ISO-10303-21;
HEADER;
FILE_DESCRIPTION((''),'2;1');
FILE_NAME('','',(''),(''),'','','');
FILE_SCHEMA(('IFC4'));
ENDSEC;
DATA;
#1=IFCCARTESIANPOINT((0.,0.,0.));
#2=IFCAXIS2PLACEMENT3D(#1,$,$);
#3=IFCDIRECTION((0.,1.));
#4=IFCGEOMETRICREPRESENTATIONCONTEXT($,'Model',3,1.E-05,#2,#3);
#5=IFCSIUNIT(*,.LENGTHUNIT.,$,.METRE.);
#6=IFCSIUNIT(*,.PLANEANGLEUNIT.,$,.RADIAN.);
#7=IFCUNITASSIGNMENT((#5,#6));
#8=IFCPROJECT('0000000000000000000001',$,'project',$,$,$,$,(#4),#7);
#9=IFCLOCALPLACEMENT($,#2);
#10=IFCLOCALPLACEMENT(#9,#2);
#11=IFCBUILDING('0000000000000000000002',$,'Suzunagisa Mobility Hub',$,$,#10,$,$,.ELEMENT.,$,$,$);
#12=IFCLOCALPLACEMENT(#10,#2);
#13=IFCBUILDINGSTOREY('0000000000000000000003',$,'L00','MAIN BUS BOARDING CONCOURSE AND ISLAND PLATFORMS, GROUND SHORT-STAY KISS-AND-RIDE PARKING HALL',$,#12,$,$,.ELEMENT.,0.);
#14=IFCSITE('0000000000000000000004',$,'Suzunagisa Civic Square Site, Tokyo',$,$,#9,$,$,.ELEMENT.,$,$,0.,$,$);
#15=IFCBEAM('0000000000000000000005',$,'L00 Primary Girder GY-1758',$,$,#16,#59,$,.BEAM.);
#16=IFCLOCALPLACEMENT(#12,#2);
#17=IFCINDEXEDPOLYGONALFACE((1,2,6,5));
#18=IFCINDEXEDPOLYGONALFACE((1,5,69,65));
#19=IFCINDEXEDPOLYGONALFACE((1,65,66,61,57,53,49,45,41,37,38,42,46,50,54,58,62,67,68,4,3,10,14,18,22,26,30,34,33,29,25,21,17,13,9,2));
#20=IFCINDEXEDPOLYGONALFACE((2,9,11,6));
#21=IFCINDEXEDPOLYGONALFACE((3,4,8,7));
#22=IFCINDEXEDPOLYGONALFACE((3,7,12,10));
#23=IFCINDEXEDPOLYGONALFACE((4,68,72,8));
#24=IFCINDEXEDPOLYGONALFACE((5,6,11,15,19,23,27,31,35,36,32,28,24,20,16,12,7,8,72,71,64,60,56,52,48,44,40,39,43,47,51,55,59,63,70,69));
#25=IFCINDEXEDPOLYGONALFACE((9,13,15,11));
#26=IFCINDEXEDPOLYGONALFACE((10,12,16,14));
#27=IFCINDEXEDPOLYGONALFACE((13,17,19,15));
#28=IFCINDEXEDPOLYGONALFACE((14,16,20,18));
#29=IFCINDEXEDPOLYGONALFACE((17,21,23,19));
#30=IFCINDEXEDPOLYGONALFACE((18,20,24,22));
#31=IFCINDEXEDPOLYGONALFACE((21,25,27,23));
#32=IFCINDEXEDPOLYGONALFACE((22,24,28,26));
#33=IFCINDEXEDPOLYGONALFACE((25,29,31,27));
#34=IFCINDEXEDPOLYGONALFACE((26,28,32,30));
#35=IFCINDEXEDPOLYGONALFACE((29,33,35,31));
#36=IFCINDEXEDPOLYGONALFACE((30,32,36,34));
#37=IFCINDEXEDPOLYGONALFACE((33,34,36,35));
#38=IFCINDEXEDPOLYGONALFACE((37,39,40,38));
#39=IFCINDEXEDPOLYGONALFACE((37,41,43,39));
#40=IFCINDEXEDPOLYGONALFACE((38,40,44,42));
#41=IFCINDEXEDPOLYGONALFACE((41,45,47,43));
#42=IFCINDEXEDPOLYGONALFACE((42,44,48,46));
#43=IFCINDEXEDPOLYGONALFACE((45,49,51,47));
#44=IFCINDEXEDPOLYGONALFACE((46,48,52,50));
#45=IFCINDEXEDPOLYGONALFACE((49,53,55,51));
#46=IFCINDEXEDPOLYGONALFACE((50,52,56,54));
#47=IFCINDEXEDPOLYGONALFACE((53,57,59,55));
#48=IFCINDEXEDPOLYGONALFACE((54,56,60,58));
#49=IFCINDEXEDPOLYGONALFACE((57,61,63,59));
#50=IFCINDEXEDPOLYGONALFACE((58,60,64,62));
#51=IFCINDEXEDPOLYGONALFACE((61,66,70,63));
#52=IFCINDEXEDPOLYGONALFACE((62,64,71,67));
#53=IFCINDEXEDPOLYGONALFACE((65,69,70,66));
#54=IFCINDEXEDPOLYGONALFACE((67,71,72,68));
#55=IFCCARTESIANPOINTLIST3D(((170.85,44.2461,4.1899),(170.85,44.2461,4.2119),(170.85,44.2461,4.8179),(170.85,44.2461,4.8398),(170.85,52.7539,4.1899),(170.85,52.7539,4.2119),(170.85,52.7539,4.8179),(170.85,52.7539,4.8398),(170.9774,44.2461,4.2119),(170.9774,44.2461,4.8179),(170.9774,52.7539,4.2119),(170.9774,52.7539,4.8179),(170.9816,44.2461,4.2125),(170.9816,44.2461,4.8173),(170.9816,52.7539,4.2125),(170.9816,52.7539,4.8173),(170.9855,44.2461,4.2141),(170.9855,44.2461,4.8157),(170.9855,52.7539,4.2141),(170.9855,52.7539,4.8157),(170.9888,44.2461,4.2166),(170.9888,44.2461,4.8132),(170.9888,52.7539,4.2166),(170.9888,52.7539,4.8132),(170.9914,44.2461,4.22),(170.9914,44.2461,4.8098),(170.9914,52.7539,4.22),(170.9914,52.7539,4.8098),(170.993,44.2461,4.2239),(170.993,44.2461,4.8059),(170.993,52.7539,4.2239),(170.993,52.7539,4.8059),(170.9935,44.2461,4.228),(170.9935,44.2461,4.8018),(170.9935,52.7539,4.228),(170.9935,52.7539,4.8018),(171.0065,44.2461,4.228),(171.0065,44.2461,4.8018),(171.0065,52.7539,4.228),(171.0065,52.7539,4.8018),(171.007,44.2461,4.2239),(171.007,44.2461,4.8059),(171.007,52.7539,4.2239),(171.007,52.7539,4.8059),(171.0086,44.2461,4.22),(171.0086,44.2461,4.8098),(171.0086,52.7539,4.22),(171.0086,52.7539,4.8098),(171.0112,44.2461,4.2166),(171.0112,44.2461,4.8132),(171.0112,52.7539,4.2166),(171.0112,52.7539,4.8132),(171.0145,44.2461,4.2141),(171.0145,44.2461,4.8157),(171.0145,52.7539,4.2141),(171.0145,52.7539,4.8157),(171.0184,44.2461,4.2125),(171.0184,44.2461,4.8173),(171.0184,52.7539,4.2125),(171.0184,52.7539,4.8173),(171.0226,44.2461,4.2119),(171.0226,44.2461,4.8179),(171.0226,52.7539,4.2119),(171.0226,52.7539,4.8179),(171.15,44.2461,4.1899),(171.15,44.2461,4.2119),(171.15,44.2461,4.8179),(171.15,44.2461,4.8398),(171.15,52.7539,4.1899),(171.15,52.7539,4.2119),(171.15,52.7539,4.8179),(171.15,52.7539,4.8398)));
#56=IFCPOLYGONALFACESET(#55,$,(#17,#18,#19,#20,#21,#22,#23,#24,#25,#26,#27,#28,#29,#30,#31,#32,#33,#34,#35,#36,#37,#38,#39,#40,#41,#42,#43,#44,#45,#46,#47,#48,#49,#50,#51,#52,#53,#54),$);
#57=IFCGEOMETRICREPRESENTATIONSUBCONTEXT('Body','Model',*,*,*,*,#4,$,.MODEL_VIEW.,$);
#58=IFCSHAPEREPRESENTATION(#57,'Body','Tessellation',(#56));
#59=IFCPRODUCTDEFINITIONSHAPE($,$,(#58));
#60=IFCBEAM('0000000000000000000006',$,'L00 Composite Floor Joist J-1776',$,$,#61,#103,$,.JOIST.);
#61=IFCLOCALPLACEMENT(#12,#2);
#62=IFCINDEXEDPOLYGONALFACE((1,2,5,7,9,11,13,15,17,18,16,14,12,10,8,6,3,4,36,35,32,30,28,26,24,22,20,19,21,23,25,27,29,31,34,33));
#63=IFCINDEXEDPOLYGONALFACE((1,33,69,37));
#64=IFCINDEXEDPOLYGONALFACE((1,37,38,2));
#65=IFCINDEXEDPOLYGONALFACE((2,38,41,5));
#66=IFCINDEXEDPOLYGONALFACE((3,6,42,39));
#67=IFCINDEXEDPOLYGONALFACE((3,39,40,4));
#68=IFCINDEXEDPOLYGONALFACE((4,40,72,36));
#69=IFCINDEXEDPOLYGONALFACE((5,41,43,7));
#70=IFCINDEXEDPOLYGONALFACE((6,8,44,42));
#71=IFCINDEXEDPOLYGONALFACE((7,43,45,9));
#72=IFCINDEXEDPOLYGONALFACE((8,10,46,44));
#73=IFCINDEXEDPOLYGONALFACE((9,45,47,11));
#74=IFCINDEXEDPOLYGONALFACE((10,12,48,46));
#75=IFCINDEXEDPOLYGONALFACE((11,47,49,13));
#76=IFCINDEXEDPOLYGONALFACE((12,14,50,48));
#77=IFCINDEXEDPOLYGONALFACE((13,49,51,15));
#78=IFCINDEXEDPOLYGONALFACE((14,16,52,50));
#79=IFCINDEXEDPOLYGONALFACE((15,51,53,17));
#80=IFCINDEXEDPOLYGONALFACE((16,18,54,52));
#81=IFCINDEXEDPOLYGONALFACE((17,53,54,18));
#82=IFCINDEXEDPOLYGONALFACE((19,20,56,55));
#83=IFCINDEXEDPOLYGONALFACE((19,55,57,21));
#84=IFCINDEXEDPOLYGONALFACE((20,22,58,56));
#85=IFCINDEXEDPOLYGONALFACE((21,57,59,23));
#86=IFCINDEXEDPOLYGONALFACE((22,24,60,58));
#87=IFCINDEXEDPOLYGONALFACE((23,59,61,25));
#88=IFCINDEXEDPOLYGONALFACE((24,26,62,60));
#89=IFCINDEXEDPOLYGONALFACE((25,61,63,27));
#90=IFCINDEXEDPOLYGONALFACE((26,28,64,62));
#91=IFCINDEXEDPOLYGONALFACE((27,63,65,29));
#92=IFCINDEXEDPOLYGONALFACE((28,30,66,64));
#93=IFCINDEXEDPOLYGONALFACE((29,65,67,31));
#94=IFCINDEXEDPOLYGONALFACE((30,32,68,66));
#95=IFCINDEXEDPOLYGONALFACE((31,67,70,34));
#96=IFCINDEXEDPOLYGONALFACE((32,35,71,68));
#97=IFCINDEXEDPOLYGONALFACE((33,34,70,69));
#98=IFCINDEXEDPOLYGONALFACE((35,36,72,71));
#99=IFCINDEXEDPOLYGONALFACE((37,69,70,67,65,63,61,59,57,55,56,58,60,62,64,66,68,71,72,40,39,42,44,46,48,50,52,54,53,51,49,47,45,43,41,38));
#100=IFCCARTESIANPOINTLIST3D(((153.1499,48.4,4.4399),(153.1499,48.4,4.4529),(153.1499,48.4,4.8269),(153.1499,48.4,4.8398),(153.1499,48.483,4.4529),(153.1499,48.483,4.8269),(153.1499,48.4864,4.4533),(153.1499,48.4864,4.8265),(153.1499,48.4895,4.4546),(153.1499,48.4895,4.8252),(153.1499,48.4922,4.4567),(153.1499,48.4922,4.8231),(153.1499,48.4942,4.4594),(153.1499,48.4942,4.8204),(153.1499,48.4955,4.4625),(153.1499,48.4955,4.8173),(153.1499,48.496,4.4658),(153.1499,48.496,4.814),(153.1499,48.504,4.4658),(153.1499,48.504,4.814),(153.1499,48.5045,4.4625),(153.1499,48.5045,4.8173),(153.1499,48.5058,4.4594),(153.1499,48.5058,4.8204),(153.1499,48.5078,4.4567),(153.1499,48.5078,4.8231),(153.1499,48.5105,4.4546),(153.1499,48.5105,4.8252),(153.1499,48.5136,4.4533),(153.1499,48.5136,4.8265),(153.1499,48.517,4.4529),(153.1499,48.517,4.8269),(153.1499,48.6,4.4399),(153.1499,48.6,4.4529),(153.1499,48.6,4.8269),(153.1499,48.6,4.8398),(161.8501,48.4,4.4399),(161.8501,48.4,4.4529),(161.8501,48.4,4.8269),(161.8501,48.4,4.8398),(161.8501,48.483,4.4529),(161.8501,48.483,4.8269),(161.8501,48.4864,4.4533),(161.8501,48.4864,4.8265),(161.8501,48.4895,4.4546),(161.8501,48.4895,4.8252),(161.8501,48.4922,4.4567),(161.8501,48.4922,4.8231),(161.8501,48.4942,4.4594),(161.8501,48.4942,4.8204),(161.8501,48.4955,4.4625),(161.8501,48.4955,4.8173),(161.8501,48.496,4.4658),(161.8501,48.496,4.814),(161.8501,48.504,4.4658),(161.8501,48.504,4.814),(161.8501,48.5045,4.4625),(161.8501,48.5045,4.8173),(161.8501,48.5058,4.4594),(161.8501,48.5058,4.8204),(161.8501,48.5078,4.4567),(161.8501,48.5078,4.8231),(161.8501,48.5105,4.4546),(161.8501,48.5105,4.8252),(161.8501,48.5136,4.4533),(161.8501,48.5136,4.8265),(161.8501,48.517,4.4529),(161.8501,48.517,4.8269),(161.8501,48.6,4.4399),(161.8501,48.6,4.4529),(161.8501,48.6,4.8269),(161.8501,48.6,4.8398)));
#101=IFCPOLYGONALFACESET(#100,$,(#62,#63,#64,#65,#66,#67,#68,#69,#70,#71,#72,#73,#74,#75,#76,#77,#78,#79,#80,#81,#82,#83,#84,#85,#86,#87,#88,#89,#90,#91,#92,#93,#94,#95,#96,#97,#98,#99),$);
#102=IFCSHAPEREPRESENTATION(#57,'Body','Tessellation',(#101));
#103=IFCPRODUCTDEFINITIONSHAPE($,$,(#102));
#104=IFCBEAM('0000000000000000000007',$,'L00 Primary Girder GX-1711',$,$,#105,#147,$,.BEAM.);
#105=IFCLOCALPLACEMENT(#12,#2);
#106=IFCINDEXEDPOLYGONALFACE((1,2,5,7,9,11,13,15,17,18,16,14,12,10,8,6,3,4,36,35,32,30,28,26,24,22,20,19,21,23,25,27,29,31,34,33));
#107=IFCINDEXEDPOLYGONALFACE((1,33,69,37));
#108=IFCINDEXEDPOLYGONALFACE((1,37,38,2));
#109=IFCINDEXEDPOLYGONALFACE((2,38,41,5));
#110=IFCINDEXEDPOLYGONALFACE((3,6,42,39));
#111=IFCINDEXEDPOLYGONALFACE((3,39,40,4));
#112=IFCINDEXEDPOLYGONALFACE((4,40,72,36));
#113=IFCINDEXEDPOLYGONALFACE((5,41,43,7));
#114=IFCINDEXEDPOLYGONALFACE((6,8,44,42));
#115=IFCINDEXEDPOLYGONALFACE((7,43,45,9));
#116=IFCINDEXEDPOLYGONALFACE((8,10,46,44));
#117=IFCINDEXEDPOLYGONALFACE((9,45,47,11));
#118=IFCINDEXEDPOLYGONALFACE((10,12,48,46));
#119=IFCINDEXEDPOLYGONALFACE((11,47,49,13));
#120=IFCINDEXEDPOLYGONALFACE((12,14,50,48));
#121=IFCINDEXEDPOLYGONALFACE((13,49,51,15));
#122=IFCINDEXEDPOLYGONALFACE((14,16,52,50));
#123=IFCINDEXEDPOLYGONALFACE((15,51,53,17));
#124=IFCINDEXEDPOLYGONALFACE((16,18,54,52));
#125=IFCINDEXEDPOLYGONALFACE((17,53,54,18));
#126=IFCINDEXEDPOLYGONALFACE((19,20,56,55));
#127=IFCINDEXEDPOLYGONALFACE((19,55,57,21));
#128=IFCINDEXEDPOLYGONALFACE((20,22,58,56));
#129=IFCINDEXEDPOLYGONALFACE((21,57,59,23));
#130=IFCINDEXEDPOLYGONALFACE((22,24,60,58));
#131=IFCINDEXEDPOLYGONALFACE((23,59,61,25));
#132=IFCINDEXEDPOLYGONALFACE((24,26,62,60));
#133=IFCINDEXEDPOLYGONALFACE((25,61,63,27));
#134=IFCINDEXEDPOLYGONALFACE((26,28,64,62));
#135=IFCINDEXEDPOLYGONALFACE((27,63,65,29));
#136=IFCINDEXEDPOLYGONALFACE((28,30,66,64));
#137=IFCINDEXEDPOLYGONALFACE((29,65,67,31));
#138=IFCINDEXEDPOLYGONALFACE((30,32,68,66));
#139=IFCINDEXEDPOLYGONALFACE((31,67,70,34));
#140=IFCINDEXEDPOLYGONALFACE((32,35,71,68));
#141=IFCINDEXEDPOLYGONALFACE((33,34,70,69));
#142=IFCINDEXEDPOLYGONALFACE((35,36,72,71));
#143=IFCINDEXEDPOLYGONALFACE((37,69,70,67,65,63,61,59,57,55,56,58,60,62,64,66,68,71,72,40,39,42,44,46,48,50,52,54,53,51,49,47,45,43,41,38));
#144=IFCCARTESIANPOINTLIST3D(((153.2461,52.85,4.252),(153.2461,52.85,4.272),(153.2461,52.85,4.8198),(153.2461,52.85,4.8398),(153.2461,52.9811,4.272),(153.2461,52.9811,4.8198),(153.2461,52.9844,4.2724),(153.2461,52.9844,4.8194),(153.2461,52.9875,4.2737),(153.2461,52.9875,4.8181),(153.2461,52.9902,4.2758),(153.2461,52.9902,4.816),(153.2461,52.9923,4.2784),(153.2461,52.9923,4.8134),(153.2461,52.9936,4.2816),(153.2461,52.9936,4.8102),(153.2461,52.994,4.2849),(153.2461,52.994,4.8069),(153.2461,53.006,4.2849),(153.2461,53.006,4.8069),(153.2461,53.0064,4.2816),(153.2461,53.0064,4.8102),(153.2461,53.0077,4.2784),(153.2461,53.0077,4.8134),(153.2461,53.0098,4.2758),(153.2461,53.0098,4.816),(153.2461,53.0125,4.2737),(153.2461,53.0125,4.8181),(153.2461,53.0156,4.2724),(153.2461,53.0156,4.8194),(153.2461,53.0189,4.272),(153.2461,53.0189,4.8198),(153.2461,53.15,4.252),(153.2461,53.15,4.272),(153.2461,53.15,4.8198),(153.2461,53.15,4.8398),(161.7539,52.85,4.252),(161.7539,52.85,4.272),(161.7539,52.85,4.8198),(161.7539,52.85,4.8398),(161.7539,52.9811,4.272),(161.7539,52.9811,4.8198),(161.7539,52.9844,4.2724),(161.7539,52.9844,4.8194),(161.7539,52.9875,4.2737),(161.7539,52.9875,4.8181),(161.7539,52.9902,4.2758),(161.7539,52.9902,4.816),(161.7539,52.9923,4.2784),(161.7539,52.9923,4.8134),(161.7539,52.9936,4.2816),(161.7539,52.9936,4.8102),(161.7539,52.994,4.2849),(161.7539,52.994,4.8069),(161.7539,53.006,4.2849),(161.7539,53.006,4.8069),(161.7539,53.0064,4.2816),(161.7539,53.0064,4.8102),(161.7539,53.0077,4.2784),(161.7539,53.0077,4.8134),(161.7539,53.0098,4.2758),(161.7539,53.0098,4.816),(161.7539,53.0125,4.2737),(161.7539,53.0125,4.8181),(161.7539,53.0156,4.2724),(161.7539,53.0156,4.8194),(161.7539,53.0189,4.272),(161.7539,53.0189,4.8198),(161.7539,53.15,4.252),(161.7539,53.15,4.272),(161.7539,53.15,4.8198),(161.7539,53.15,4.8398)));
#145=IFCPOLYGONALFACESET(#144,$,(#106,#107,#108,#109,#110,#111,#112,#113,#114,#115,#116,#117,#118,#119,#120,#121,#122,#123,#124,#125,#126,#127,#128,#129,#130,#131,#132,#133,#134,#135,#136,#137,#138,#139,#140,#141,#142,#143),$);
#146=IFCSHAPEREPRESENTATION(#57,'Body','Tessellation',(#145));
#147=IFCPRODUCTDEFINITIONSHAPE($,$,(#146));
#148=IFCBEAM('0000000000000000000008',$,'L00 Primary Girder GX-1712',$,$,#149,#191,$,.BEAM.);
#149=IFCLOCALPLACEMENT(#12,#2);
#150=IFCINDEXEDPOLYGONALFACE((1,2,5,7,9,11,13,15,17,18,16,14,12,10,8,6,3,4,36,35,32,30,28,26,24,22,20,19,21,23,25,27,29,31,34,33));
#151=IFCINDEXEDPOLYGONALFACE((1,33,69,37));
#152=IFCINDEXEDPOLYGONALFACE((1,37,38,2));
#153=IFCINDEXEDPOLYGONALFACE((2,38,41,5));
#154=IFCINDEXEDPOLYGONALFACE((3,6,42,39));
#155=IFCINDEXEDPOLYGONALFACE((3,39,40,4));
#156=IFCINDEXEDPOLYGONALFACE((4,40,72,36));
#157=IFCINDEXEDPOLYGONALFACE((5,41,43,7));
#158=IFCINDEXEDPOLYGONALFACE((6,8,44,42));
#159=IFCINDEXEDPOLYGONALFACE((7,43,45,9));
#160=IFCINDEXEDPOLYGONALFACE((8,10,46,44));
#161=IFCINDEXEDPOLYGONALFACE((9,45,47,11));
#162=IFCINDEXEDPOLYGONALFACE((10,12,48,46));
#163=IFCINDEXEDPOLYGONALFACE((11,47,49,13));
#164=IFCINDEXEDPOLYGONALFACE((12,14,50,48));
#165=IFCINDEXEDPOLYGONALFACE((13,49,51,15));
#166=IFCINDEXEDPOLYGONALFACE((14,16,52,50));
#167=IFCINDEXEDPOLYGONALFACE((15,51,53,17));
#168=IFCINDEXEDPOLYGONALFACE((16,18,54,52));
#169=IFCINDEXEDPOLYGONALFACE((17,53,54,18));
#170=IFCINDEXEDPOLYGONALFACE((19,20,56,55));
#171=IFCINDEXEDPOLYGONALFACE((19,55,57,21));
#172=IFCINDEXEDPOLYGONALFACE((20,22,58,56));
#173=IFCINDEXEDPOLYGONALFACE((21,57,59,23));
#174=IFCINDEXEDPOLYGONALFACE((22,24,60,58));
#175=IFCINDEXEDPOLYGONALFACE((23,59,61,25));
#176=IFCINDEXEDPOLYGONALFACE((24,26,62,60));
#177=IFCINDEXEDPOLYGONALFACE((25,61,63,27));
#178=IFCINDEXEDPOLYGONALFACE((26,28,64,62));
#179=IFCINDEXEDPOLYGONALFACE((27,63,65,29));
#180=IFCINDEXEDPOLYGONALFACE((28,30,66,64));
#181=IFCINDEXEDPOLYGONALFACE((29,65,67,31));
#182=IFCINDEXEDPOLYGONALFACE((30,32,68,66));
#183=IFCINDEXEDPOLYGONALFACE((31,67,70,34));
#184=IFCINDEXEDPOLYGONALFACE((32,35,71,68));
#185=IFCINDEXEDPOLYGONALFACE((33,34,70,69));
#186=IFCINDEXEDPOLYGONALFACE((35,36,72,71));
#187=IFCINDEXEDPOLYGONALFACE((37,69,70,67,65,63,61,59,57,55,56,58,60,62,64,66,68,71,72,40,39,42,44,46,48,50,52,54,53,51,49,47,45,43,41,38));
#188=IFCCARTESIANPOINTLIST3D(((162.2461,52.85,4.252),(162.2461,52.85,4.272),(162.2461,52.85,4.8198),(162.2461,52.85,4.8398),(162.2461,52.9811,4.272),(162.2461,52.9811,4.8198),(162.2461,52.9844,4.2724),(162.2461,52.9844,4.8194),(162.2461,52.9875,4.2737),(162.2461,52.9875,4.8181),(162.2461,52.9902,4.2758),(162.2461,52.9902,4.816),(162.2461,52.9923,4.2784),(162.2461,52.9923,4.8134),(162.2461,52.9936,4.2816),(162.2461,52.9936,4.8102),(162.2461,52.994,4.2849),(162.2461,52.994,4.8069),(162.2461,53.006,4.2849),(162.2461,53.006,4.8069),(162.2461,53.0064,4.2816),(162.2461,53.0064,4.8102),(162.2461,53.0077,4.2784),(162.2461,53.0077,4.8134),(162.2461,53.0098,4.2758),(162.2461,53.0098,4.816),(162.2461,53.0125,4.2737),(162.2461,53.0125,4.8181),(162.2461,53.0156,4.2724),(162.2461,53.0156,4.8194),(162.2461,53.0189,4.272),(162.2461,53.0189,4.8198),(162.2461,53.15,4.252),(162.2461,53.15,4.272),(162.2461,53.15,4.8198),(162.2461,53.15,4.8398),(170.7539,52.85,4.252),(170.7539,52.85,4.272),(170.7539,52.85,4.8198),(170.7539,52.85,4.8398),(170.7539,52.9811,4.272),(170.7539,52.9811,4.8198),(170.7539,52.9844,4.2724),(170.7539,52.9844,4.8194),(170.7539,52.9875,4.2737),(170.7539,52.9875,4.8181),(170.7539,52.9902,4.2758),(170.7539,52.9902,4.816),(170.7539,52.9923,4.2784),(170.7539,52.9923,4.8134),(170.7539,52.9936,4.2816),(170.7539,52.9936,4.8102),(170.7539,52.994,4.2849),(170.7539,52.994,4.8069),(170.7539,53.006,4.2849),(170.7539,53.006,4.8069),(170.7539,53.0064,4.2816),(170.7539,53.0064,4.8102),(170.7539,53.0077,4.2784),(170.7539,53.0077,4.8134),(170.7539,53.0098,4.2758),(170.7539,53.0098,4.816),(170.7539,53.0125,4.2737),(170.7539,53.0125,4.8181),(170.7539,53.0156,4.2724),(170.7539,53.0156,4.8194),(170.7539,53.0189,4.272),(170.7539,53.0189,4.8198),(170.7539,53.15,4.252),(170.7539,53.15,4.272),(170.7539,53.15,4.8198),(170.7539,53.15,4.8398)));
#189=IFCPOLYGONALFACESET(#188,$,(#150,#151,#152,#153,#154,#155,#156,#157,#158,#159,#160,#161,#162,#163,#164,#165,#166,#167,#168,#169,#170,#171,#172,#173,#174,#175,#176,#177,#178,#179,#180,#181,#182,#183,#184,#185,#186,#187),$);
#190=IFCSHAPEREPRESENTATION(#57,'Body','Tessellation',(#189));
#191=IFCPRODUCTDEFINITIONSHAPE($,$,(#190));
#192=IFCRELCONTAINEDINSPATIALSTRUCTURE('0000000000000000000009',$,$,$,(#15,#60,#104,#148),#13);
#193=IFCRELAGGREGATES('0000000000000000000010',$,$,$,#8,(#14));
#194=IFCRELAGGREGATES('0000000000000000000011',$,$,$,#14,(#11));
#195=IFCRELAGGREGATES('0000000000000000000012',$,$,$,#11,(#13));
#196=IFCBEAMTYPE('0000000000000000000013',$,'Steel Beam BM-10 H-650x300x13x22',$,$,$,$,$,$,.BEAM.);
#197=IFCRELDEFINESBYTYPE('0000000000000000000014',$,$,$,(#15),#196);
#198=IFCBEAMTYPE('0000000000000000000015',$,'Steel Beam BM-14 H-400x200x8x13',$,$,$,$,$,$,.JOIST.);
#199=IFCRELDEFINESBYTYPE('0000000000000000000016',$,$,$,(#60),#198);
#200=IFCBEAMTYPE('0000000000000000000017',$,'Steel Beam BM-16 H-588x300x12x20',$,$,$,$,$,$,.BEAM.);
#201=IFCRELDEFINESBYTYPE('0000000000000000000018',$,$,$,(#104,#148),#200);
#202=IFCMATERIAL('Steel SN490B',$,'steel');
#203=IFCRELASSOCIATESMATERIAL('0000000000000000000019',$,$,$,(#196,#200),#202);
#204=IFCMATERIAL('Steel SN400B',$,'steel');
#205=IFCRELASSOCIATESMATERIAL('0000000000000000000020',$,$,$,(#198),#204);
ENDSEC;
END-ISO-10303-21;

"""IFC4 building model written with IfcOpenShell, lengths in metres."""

from ifc_helpers import new_model, si_unit, direction, frame, origin, origin_2d, place, context, subcontext, project, spatial, i_section, extrude, material, material_profile, profile_set, type_object, element, save


model = new_model("IFC4")

# Units and contexts
model_context = context("Model", 3, precision=1e-05, world=origin(), true_north=direction((0.0, 1.0)))
body_context = subcontext(model_context, "Body", "Model", "MODEL_VIEW")
ifc_project = project(units=[si_unit("LENGTHUNIT", "METRE"), si_unit("PLANEANGLEUNIT", "RADIAN")], contexts=[model_context])

# Site, building, storey
site_placement = place(None, origin())
site = spatial("IfcSite", under=ifc_project, at=site_placement, Name="Suzunagisa Civic Square Site, Tokyo", CompositionType="ELEMENT", RefElevation=0.0)
building_placement = place(site_placement, origin())
building = spatial("IfcBuilding", under=site, at=building_placement, Name="Suzunagisa Mobility Hub", CompositionType="ELEMENT")
storey_placement = place(building_placement, origin())
storey = spatial("IfcBuildingStorey", under=building, at=storey_placement, Name="L00", Description="MAIN BUS BOARDING CONCOURSE AND ISLAND PLATFORMS, GROUND SHORT-STAY KISS-AND-RIDE PARKING HALL", CompositionType="ELEMENT", Elevation=0.0)

# Shared definitions
ifc_material_1 = material(Name="Steel SN490B", Category="steel")

# Beams
ifc_material_profile_1 = material_profile(ifc_material_1, i_section(OverallWidth=0.3, OverallDepth=0.6499, WebThickness=0.0129, FlangeThickness=0.022, FilletRadius=0.0161, at=origin_2d()), Name="H-650x300x13x22")
ifc_profile_set_1 = profile_set([ifc_material_profile_1], Name="Steel SN490B")
beam_type_1 = type_object("IfcBeamType", Name="Steel Beam BM-10 H-650x300x13x22", PredefinedType="BEAM", material=ifc_profile_set_1)
for number, where, z_axis, x_axis, name in (
    (1, (171.0, 44.2461, 4.5149), (0.0, 1.0, 0.0), (-1.0, 0.0, 0.0), "L00 Primary Girder GY-1758"),
):
    element("IfcBeam", number, at=place(storey_placement, frame(where, z_axis=z_axis, x_axis=x_axis)), inside=storey, type_object=beam_type_1, Name=name, PredefinedType="BEAM", context=body_context, shape_type="SweptSolid", body=[
        extrude(i_section(OverallWidth=0.3, OverallDepth=0.6499, WebThickness=0.0129, FlangeThickness=0.022, FilletRadius=0.0161, at=origin_2d()), origin(), (0.0, 0.0, 1.0), 8.5078),
    ])
ifc_material_2 = material(Name="Steel SN400B", Category="steel")
ifc_material_profile_2 = material_profile(ifc_material_2, i_section(OverallWidth=0.2, OverallDepth=0.3999, WebThickness=0.0081, FlangeThickness=0.0129, FilletRadius=0.0129, at=origin_2d()), Name="H-400x200x8x13")
ifc_profile_set_2 = profile_set([ifc_material_profile_2], Name="Steel SN400B")
beam_type_2 = type_object("IfcBeamType", Name="Steel Beam BM-14 H-400x200x8x13", PredefinedType="JOIST", material=ifc_profile_set_2)
beam_placement = place(storey_placement, frame((153.1499, 48.5, 4.6399), z_axis=(1.0, 0.0, 0.0), x_axis=(0.0, 1.0, 0.0)))
element("IfcBeam", 2, at=beam_placement, inside=storey, type_object=beam_type_2, Name="L00 Composite Floor Joist J-1776", PredefinedType="JOIST", context=body_context, shape_type="SweptSolid", body=[
    extrude(i_section(OverallWidth=0.2, OverallDepth=0.3999, WebThickness=0.0081, FlangeThickness=0.0129, FilletRadius=0.0129, at=origin_2d()), origin(), (0.0, 0.0, 1.0), 8.7002),
])
ifc_material_profile_3 = material_profile(ifc_material_1, i_section(OverallWidth=0.3, OverallDepth=0.5879, WebThickness=0.012, FlangeThickness=0.02, FilletRadius=0.0129, at=origin_2d()), Name="H-588x300x12x20")
ifc_profile_set_3 = profile_set([ifc_material_profile_3], Name="Steel SN490B")
beam_type_3 = type_object("IfcBeamType", Name="Steel Beam BM-16 H-588x300x12x20", PredefinedType="BEAM", material=ifc_profile_set_3)
for number, where, z_axis, x_axis, name in (
    (3, (153.2461, 53.0, 4.5459), (1.0, 0.0, 0.0), (0.0, 1.0, 0.0), "L00 Primary Girder GX-1711"),
    (4, (162.2461, 53.0, 4.5459), (1.0, 0.0, 0.0), (0.0, 1.0, 0.0), "L00 Primary Girder GX-1712"),
):
    element("IfcBeam", number, at=place(storey_placement, frame(where, z_axis=z_axis, x_axis=x_axis)), inside=storey, type_object=beam_type_3, Name=name, PredefinedType="BEAM", context=body_context, shape_type="SweptSolid", body=[
        extrude(i_section(OverallWidth=0.3, OverallDepth=0.5879, WebThickness=0.012, FlangeThickness=0.02, FilletRadius=0.0129, at=origin_2d()), origin(), (0.0, 0.0, 1.0), 8.5078),
    ])

save(model, "model.ifc")
